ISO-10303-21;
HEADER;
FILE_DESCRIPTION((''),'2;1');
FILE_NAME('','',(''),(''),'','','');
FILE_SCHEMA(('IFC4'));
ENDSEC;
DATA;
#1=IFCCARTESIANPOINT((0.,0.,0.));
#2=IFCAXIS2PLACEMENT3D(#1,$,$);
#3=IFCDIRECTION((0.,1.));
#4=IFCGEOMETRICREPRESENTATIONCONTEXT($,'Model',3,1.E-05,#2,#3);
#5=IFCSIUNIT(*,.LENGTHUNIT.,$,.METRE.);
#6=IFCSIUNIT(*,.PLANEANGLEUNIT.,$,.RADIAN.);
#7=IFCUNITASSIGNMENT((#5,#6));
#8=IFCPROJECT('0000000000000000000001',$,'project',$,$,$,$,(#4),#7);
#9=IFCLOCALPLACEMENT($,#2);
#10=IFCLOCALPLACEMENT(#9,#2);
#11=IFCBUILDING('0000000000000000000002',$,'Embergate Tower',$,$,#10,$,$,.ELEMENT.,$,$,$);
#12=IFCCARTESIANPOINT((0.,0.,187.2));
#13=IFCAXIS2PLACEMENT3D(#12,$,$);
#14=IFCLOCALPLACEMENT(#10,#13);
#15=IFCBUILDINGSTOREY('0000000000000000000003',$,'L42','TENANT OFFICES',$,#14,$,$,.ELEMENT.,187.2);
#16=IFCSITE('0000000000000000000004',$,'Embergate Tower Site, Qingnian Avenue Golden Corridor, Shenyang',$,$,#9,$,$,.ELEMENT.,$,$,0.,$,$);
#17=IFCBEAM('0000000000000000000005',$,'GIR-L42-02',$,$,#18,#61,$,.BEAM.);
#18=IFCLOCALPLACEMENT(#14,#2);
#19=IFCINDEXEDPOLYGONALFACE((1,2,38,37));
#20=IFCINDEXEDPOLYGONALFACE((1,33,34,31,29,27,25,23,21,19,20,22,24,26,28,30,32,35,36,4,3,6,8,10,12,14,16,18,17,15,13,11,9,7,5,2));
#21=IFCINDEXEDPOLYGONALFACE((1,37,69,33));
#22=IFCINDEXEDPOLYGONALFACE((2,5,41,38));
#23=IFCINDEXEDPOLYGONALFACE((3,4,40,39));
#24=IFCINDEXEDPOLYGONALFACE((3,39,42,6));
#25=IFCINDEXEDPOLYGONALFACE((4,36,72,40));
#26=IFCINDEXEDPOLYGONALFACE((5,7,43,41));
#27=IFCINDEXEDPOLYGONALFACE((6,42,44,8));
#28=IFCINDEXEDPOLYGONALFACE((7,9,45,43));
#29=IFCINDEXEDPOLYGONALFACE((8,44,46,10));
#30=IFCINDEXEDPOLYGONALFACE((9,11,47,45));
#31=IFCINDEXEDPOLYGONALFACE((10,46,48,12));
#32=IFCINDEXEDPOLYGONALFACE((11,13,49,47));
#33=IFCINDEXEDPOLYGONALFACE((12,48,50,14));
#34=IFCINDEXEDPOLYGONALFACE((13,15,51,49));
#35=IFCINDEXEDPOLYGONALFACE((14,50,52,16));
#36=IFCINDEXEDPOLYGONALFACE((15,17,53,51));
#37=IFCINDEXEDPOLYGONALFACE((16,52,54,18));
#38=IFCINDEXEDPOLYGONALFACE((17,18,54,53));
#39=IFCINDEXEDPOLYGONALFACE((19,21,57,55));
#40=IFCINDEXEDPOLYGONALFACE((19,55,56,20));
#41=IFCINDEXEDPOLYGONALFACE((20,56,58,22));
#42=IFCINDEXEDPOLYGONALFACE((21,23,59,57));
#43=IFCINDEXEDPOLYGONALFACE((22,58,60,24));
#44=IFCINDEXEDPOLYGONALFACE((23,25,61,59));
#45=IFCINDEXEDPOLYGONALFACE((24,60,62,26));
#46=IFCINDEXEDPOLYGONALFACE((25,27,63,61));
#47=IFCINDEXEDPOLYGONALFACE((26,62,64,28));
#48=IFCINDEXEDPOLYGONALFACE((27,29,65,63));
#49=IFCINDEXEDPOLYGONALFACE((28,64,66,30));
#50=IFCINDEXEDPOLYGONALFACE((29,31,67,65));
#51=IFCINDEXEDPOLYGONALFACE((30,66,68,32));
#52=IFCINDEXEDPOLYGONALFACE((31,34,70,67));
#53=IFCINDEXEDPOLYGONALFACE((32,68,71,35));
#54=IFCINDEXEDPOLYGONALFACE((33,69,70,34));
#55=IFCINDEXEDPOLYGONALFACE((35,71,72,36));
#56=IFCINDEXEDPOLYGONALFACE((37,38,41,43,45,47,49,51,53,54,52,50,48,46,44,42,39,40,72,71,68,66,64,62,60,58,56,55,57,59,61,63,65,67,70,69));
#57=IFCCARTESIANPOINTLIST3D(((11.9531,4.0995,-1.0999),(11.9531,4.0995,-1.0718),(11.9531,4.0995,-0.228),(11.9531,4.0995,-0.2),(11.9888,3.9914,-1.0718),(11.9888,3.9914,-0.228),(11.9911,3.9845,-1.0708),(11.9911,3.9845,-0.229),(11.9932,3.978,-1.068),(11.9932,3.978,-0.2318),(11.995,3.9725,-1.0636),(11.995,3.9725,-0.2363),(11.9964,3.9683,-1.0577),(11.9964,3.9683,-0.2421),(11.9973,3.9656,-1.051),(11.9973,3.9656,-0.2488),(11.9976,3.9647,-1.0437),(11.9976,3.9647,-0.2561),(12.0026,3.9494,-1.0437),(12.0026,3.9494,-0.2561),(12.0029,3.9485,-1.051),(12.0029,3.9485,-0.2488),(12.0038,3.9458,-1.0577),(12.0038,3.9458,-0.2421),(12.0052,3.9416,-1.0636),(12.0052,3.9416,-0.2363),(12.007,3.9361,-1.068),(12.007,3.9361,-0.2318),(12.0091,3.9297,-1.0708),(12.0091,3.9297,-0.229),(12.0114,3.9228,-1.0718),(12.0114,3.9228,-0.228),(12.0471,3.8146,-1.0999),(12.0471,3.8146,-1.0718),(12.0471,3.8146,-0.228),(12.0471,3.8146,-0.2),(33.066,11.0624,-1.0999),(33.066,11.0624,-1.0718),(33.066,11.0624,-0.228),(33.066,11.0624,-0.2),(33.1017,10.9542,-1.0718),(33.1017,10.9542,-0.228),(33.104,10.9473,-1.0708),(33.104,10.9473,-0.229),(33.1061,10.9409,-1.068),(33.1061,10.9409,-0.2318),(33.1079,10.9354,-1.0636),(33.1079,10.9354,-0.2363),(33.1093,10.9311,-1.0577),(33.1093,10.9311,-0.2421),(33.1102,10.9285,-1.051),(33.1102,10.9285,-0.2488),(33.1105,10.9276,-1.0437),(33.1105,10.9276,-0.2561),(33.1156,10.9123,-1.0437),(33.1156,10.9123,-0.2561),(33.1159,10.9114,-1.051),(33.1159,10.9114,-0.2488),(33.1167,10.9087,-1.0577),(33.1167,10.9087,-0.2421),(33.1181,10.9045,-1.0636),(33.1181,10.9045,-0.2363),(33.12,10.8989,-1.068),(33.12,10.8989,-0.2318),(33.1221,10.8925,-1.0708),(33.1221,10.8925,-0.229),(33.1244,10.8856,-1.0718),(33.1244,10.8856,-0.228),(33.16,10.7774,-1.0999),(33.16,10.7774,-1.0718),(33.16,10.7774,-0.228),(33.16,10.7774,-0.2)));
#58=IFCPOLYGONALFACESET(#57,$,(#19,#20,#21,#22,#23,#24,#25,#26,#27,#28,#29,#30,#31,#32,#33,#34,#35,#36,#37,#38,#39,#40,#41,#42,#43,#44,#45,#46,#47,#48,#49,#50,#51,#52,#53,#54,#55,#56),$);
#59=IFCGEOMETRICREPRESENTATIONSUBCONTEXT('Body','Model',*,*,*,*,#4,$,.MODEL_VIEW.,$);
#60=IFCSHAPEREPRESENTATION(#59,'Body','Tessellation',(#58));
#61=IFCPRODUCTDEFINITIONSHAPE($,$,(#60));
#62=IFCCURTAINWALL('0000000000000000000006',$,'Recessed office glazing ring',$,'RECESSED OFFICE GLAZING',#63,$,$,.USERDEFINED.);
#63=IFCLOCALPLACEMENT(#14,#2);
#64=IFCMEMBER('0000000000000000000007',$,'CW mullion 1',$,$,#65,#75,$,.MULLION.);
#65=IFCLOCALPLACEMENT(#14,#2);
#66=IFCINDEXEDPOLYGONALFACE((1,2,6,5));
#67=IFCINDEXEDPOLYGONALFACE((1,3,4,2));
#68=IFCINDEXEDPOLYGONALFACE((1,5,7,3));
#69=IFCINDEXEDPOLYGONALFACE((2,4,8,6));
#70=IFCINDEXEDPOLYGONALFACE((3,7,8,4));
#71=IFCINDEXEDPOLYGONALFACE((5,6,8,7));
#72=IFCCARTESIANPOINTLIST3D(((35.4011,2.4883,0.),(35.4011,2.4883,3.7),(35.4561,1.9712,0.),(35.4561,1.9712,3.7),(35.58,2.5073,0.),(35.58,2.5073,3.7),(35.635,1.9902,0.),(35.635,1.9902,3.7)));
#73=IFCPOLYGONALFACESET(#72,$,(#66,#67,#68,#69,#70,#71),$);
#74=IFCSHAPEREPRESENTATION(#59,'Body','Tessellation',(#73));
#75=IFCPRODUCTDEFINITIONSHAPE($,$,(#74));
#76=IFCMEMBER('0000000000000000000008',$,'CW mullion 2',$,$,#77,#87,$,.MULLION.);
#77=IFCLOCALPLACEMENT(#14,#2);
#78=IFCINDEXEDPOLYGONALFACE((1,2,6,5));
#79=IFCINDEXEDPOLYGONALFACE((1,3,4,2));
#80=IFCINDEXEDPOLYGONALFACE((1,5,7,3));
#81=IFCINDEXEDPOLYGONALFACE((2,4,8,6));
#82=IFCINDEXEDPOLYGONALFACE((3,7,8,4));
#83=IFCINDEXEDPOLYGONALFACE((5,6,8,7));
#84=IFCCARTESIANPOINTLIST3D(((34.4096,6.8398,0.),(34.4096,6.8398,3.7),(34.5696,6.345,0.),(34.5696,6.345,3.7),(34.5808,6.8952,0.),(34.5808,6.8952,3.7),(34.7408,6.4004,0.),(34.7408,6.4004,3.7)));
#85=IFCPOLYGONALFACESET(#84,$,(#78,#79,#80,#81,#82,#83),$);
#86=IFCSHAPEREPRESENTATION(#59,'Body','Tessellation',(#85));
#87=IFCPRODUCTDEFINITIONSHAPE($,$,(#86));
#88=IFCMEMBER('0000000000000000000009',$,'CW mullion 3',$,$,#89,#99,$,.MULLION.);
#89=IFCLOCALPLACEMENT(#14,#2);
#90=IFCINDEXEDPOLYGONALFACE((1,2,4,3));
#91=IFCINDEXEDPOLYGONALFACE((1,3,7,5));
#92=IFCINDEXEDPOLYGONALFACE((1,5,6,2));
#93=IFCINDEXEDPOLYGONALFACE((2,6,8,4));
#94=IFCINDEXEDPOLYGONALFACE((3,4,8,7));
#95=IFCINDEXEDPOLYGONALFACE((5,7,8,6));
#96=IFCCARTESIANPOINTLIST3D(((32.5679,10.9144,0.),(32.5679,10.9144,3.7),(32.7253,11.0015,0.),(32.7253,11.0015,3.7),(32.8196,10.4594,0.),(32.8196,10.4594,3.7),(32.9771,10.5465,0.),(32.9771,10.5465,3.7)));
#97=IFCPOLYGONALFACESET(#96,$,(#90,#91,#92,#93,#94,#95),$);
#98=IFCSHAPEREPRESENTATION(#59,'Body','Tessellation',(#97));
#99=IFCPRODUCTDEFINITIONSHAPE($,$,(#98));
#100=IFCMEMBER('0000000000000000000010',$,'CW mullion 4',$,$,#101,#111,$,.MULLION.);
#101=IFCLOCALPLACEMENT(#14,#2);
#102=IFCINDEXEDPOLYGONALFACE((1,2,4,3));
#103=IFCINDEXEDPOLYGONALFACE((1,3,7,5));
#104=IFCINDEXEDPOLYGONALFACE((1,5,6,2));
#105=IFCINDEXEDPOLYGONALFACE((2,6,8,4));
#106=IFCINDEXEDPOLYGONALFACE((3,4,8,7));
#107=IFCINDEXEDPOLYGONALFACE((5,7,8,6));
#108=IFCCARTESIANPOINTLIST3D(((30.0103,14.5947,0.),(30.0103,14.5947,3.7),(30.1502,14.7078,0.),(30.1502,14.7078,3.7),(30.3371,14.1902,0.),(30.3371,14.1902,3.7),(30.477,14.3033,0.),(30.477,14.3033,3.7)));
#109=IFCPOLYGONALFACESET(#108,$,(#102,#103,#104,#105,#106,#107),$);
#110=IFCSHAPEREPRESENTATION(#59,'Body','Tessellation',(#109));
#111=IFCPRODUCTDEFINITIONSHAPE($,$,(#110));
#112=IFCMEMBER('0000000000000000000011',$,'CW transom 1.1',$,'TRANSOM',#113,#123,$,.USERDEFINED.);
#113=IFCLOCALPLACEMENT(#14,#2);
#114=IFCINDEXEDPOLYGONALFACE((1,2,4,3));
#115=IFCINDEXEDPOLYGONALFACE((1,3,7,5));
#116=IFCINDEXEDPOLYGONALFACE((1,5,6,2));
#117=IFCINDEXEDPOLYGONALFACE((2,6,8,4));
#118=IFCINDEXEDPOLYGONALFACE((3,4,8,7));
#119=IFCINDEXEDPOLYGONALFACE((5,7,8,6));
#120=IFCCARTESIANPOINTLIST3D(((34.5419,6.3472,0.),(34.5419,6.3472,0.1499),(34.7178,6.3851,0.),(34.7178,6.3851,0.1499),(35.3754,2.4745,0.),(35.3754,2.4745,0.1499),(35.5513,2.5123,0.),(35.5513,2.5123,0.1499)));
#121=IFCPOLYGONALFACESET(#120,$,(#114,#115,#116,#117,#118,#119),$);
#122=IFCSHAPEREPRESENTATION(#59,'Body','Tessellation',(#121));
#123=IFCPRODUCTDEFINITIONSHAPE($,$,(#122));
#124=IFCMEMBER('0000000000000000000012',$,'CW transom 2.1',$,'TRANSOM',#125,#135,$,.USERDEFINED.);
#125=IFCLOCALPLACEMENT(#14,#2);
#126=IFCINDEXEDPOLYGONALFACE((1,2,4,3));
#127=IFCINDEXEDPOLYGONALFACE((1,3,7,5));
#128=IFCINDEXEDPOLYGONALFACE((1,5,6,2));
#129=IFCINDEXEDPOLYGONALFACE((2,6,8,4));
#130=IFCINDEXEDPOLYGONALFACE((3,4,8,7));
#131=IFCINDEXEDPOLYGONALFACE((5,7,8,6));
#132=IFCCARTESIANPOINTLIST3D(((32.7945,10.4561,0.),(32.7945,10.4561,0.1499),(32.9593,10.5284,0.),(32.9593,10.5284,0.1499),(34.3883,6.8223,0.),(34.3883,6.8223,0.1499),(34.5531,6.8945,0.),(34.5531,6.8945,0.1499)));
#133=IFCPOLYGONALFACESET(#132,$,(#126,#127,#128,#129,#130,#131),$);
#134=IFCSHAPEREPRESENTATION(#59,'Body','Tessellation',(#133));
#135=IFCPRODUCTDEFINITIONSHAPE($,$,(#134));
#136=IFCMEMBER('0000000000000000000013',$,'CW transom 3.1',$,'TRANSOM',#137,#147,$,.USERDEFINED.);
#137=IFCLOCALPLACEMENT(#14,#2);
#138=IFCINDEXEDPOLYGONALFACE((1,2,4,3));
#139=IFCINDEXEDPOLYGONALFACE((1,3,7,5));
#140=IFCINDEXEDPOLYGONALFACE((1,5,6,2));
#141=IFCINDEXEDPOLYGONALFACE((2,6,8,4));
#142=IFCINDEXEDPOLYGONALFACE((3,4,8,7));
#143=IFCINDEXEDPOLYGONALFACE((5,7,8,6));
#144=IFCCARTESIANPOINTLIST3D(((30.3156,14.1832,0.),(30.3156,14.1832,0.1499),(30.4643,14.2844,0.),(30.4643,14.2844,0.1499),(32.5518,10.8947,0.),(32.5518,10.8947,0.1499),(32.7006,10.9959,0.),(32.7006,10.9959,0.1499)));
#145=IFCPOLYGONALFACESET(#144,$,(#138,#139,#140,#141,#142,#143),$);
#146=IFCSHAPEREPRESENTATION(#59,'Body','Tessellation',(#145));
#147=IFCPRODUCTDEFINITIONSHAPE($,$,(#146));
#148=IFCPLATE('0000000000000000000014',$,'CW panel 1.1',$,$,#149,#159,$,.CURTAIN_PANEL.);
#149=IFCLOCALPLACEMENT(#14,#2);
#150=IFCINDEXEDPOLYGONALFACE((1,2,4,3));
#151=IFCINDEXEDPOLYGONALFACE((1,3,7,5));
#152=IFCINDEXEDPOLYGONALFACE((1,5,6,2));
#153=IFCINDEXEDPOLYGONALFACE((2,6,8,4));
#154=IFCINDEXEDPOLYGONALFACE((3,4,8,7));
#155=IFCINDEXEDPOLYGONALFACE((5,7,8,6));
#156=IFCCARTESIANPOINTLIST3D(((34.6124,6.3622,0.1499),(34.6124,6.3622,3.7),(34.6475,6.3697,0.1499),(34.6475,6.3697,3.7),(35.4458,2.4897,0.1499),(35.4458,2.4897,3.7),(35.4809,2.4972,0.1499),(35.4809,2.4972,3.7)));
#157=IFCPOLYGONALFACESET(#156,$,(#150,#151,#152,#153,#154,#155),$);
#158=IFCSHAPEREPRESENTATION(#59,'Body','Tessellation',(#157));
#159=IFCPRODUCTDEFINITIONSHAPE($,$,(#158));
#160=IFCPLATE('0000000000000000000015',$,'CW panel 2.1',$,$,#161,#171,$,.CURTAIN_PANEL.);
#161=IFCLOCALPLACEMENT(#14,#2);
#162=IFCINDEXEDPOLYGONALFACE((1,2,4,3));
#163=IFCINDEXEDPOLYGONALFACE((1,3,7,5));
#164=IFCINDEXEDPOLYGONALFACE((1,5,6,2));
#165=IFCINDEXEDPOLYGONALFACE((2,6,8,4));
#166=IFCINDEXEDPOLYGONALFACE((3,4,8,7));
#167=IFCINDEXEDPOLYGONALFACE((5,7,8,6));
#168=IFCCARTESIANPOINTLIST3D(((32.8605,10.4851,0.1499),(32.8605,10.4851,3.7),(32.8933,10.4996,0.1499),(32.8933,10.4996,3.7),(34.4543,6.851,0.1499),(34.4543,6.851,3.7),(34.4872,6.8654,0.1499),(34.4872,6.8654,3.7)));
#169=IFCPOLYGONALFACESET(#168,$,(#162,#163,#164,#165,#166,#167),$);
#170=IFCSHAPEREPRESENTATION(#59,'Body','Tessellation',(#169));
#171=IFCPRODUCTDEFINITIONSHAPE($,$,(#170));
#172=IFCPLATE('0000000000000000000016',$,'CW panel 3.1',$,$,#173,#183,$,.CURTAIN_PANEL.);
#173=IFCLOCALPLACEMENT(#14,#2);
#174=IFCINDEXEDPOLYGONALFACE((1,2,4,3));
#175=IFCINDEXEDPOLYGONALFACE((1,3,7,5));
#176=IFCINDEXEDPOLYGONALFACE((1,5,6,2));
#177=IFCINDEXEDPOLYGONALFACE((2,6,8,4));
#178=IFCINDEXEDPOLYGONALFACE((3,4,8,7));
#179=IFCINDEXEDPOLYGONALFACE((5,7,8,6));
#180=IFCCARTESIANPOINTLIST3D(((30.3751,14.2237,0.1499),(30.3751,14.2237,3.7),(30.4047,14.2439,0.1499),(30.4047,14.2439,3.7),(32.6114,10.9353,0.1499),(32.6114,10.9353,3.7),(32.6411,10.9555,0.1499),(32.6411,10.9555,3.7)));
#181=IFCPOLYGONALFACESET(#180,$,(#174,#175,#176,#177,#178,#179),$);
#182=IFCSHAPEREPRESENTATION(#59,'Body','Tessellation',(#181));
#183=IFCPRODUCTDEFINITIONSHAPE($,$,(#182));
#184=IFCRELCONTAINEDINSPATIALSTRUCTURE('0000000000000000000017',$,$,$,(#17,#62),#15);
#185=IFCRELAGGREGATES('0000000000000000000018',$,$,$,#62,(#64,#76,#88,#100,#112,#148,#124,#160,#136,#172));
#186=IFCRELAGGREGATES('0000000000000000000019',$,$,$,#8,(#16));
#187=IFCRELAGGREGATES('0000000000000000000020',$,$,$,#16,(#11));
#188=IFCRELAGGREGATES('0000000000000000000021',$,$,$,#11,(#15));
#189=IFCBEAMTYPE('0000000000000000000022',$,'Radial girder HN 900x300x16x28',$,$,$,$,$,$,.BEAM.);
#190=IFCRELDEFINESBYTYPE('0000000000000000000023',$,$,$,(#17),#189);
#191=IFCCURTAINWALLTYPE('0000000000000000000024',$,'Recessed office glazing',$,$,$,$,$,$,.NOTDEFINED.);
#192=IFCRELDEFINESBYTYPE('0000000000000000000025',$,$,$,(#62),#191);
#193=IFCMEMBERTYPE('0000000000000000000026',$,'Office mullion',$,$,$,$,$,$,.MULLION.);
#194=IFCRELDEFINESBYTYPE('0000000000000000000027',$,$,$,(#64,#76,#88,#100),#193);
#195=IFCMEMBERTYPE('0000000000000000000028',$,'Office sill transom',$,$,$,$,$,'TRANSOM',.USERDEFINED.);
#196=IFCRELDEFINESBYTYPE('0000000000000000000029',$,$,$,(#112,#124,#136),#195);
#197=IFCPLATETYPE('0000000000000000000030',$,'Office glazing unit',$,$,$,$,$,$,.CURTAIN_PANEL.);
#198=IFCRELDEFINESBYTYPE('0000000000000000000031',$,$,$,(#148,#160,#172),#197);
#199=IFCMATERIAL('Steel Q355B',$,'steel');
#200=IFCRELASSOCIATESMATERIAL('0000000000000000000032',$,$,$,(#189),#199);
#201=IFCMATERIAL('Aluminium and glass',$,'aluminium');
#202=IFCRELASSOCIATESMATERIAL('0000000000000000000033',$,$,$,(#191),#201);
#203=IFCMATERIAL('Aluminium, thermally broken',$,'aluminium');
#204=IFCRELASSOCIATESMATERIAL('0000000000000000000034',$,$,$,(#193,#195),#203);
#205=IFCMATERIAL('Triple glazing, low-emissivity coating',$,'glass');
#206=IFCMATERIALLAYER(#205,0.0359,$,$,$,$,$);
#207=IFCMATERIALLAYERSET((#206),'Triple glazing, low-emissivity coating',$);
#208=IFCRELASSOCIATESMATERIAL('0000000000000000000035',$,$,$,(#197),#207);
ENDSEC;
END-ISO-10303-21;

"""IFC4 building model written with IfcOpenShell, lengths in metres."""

from ifc_helpers import new_model, si_unit, direction, frame, origin, origin_2d, place, context, subcontext, project, spatial, rectangle, i_section, extrude, source, transform, mapped, material, layer, layer_set, material_profile, profile_set, type_object, element, aggregate, save


model = new_model("IFC4")

# Units and contexts
model_context = context("Model", 3, precision=1e-05, world=origin(), true_north=direction((0.0, 1.0)))
body_context = subcontext(model_context, "Body", "Model", "MODEL_VIEW")
ifc_project = project(units=[si_unit("LENGTHUNIT", "METRE"), si_unit("PLANEANGLEUNIT", "RADIAN")], contexts=[model_context])

# Site, building, storey
site_placement = place(None, origin())
site = spatial("IfcSite", under=ifc_project, at=site_placement, Name="Embergate Tower Site, Qingnian Avenue Golden Corridor, Shenyang", CompositionType="ELEMENT", RefElevation=0.0)
building_placement = place(site_placement, origin())
building = spatial("IfcBuilding", under=site, at=building_placement, Name="Embergate Tower", CompositionType="ELEMENT")
storey_placement = place(building_placement, frame((0.0, 0.0, 187.2)))
storey = spatial("IfcBuildingStorey", under=building, at=storey_placement, Name="L42", Description="TENANT OFFICES", CompositionType="ELEMENT", Elevation=187.2)

# Beam
ifc_material_1 = material(Name="Steel Q355B", Category="steel")
ifc_material_profile_1 = material_profile(ifc_material_1, i_section(OverallWidth=0.3, OverallDepth=0.8999, WebThickness=0.0161, FlangeThickness=0.0281, FilletRadius=0.0281, at=origin_2d()), Name="HN 900x300x16x28")
ifc_profile_set_1 = profile_set([ifc_material_profile_1], Name="Steel Q355 grade B")
beam_type_1 = type_object("IfcBeamType", Name="Radial girder HN 900x300x16x28", PredefinedType="BEAM", material=ifc_profile_set_1)
shared_shape_1 = source(origin(), body_context, "Body", "SweptSolid", [
    extrude(i_section(OverallWidth=0.3, OverallDepth=0.8999, WebThickness=0.0161, FlangeThickness=0.0281, FilletRadius=0.0281, at=origin_2d()), origin(), (0.0, 0.0, 1.0), 22.2314),
])
beam_1_placement = place(storey_placement, frame((33.113, 10.9199, -0.6499), z_axis=(-0.949688, -0.313198, 0.0), x_axis=(0.313198, -0.949688, 0.0)))
element("IfcBeam", 1, at=beam_1_placement, inside=storey, type_object=beam_type_1, Name="GIR-L42-02", PredefinedType="BEAM", context=body_context, shape_type="MappedRepresentation", body=[
    mapped(shared_shape_1, transform((0.0, 0.0, 0.0))),
])

# Curtain wall, members, plates
ifc_material_2 = material(Name="Aluminium and glass", Category="aluminium")
curtain_wall_type = type_object("IfcCurtainWallType", Name="Recessed office glazing", PredefinedType="NOTDEFINED", material=ifc_material_2)
curtain_wall_placement = place(storey_placement, origin())
curtain_wall = element("IfcCurtainWall", 2, at=curtain_wall_placement, inside=storey, type_object=curtain_wall_type, Name="Recessed office glazing ring", ObjectType="RECESSED OFFICE GLAZING", PredefinedType="USERDEFINED")
ifc_material_3 = material(Name="Aluminium, thermally broken", Category="aluminium")
ifc_material_profile_2 = material_profile(ifc_material_3, rectangle(XDim=0.1799, YDim=0.52, at=origin_2d()), Name="AL 520x180")
ifc_profile_set_2 = profile_set([ifc_material_profile_2], Name="Aluminium, thermally broken")
member_type_1 = type_object("IfcMemberType", Name="Office mullion", PredefinedType="MULLION", material=ifc_profile_set_2)
shared_shape_2 = source(origin(), body_context, "Body", "SweptSolid", [
    extrude(rectangle(XDim=0.1799, YDim=0.52, at=origin_2d()), origin(), (0.0, 0.0, 1.0), 3.7),
])
member_1_placement = place(storey_placement, frame((35.5181, 2.2393, 0.0), z_axis=(0.0, 0.0, 1.0), x_axis=(-0.994385, -0.105823, 0.0)))
member_1 = element("IfcMember", 3, at=member_1_placement, type_object=member_type_1, Name="CW mullion 1", PredefinedType="MULLION", context=body_context, shape_type="MappedRepresentation", body=[
    mapped(shared_shape_2, transform((0.0, 0.0, 0.0))),
])
member_2_placement = place(storey_placement, frame((34.5752, 6.6201, 0.0), z_axis=(0.0, 0.0, 1.0), x_axis=(-0.951498, -0.307656, 0.0)))
member_2 = element("IfcMember", 4, at=member_2_placement, type_object=member_type_1, Name="CW mullion 2", PredefinedType="MULLION", context=body_context, shape_type="MappedRepresentation", body=[
    mapped(shared_shape_2, transform((0.0, 0.0, 0.0))),
])
member_3_placement = place(storey_placement, frame((32.7725, 10.7305, 0.0), z_axis=(0.0, 0.0, 1.0), x_axis=(-0.875003, -0.484118, 0.0)))
member_3 = element("IfcMember", 5, at=member_3_placement, type_object=member_type_1, Name="CW mullion 3", PredefinedType="MULLION", context=body_context, shape_type="MappedRepresentation", body=[
    mapped(shared_shape_2, transform((0.0, 0.0, 0.0))),
])
member_4_placement = place(storey_placement, frame((30.2437, 14.449, 0.0), z_axis=(0.0, 0.0, 1.0), x_axis=(-0.777874, -0.628421, 0.0)))
member_4 = element("IfcMember", 6, at=member_4_placement, type_object=member_type_1, Name="CW mullion 4", PredefinedType="MULLION", context=body_context, shape_type="MappedRepresentation", body=[
    mapped(shared_shape_2, transform((0.0, 0.0, 0.0))),
])
ifc_material_profile_3 = material_profile(ifc_material_3, rectangle(XDim=0.1799, YDim=0.1499, at=origin_2d()), Name="AL 150x180")
ifc_profile_set_3 = profile_set([ifc_material_profile_3], Name="Aluminium, thermally broken")
member_type_2 = type_object("IfcMemberType", Name="Office sill transom", ElementType="TRANSOM", PredefinedType="USERDEFINED", material=ifc_profile_set_3)
shared_shape_3 = source(origin(), body_context, "Body", "SweptSolid", [
    extrude(rectangle(XDim=0.1799, YDim=0.1499, at=origin_2d()), origin(), (0.0, 0.0, 1.0), 3.9614),
])
member_5_placement = place(storey_placement, frame((35.4634, 2.4934, 0.075), z_axis=(-0.2104, 0.977615, 0.0), x_axis=(-0.977615, -0.2104, 0.0)))
member_5 = element("IfcMember", 7, at=member_5_placement, type_object=member_type_2, Name="CW transom 1.1", ObjectType="TRANSOM", PredefinedType="USERDEFINED", context=body_context, shape_type="MappedRepresentation", body=[
    mapped(shared_shape_3, transform((0.0, 0.0, 0.0))),
])
shared_shape_4 = source(origin(), body_context, "Body", "SweptSolid", [
    extrude(rectangle(XDim=0.1799, YDim=0.1499, at=origin_2d()), origin(), (0.0, 0.0, 1.0), 3.968),
])
member_6_placement = place(storey_placement, frame((34.4707, 6.8584, 0.075), z_axis=(-0.401658, 0.91579, 0.0), x_axis=(-0.91579, -0.401658, 0.0)))
member_6 = element("IfcMember", 8, at=member_6_placement, type_object=member_type_2, Name="CW transom 2.1", ObjectType="TRANSOM", PredefinedType="USERDEFINED", context=body_context, shape_type="MappedRepresentation", body=[
    mapped(shared_shape_4, transform((0.0, 0.0, 0.0))),
])
shared_shape_5 = source(origin(), body_context, "Body", "SweptSolid", [
    extrude(rectangle(XDim=0.1799, YDim=0.1499, at=origin_2d()), origin(), (0.0, 0.0, 1.0), 3.9768),
])
member_7_placement = place(storey_placement, frame((32.6262, 10.9453, 0.075), z_axis=(-0.562327, 0.826915, 0.0), x_axis=(-0.826915, -0.562327, 0.0)))
member_7 = element("IfcMember", 9, at=member_7_placement, type_object=member_type_2, Name="CW transom 3.1", ObjectType="TRANSOM", PredefinedType="USERDEFINED", context=body_context, shape_type="MappedRepresentation", body=[
    mapped(shared_shape_5, transform((0.0, 0.0, 0.0))),
])
ifc_material_4 = material(Name="Triple glazing, low-emissivity coating", Category="glass")
ifc_layer_1 = layer(ifc_material_4, 0.0359)
ifc_layer_set_1 = layer_set([ifc_layer_1], Name="Triple glazing, low-emissivity coating")
plate_type = type_object("IfcPlateType", Name="Office glazing unit", PredefinedType="CURTAIN_PANEL", material=ifc_layer_set_1)
shared_shape_6 = source(origin(), body_context, "Body", "SweptSolid", [
    extrude(rectangle(XDim=3.9612, YDim=0.0359, at=origin_2d()), origin(), (0.0, 0.0, 1.0), 3.55),
])
plate_1_placement = place(storey_placement, frame((35.0466, 4.4297, 0.1499), z_axis=(0.0, 0.0, 1.0), x_axis=(-0.210397, 0.977616, 0.0)))
plate_1 = element("IfcPlate", 10, at=plate_1_placement, type_object=plate_type, Name="CW panel 1.1", PredefinedType="CURTAIN_PANEL", context=body_context, shape_type="MappedRepresentation", body=[
    mapped(shared_shape_6, transform((0.0, 0.0, 0.0))),
])
shared_shape_7 = source(origin(), body_context, "Body", "SweptSolid", [
    extrude(rectangle(XDim=3.9683, YDim=0.0359, at=origin_2d()), origin(), (0.0, 0.0, 1.0), 3.55),
])
plate_2_placement = place(storey_placement, frame((33.6738, 8.6753, 0.1499), z_axis=(0.0, 0.0, 1.0), x_axis=(-0.401651, 0.915793, 0.0)))
plate_2 = element("IfcPlate", 11, at=plate_2_placement, type_object=plate_type, Name="CW panel 2.1", PredefinedType="CURTAIN_PANEL", context=body_context, shape_type="MappedRepresentation", body=[
    mapped(shared_shape_7, transform((0.0, 0.0, 0.0))),
])
shared_shape_8 = source(origin(), body_context, "Body", "SweptSolid", [
    extrude(rectangle(XDim=3.9768, YDim=0.0359, at=origin_2d()), origin(), (0.0, 0.0, 1.0), 3.55),
])
plate_3_placement = place(storey_placement, frame((31.5081, 12.5896, 0.1499), z_axis=(0.0, 0.0, 1.0), x_axis=(-0.56234, 0.826906, 0.0)))
plate_3 = element("IfcPlate", 12, at=plate_3_placement, type_object=plate_type, Name="CW panel 3.1", PredefinedType="CURTAIN_PANEL", context=body_context, shape_type="MappedRepresentation", body=[
    mapped(shared_shape_8, transform((0.0, 0.0, 0.0))),
])
aggregate(curtain_wall, [member_1, member_2, member_3, member_4, member_5, plate_1, member_6, plate_2, member_7, plate_3])

save(model, "model.ifc")
